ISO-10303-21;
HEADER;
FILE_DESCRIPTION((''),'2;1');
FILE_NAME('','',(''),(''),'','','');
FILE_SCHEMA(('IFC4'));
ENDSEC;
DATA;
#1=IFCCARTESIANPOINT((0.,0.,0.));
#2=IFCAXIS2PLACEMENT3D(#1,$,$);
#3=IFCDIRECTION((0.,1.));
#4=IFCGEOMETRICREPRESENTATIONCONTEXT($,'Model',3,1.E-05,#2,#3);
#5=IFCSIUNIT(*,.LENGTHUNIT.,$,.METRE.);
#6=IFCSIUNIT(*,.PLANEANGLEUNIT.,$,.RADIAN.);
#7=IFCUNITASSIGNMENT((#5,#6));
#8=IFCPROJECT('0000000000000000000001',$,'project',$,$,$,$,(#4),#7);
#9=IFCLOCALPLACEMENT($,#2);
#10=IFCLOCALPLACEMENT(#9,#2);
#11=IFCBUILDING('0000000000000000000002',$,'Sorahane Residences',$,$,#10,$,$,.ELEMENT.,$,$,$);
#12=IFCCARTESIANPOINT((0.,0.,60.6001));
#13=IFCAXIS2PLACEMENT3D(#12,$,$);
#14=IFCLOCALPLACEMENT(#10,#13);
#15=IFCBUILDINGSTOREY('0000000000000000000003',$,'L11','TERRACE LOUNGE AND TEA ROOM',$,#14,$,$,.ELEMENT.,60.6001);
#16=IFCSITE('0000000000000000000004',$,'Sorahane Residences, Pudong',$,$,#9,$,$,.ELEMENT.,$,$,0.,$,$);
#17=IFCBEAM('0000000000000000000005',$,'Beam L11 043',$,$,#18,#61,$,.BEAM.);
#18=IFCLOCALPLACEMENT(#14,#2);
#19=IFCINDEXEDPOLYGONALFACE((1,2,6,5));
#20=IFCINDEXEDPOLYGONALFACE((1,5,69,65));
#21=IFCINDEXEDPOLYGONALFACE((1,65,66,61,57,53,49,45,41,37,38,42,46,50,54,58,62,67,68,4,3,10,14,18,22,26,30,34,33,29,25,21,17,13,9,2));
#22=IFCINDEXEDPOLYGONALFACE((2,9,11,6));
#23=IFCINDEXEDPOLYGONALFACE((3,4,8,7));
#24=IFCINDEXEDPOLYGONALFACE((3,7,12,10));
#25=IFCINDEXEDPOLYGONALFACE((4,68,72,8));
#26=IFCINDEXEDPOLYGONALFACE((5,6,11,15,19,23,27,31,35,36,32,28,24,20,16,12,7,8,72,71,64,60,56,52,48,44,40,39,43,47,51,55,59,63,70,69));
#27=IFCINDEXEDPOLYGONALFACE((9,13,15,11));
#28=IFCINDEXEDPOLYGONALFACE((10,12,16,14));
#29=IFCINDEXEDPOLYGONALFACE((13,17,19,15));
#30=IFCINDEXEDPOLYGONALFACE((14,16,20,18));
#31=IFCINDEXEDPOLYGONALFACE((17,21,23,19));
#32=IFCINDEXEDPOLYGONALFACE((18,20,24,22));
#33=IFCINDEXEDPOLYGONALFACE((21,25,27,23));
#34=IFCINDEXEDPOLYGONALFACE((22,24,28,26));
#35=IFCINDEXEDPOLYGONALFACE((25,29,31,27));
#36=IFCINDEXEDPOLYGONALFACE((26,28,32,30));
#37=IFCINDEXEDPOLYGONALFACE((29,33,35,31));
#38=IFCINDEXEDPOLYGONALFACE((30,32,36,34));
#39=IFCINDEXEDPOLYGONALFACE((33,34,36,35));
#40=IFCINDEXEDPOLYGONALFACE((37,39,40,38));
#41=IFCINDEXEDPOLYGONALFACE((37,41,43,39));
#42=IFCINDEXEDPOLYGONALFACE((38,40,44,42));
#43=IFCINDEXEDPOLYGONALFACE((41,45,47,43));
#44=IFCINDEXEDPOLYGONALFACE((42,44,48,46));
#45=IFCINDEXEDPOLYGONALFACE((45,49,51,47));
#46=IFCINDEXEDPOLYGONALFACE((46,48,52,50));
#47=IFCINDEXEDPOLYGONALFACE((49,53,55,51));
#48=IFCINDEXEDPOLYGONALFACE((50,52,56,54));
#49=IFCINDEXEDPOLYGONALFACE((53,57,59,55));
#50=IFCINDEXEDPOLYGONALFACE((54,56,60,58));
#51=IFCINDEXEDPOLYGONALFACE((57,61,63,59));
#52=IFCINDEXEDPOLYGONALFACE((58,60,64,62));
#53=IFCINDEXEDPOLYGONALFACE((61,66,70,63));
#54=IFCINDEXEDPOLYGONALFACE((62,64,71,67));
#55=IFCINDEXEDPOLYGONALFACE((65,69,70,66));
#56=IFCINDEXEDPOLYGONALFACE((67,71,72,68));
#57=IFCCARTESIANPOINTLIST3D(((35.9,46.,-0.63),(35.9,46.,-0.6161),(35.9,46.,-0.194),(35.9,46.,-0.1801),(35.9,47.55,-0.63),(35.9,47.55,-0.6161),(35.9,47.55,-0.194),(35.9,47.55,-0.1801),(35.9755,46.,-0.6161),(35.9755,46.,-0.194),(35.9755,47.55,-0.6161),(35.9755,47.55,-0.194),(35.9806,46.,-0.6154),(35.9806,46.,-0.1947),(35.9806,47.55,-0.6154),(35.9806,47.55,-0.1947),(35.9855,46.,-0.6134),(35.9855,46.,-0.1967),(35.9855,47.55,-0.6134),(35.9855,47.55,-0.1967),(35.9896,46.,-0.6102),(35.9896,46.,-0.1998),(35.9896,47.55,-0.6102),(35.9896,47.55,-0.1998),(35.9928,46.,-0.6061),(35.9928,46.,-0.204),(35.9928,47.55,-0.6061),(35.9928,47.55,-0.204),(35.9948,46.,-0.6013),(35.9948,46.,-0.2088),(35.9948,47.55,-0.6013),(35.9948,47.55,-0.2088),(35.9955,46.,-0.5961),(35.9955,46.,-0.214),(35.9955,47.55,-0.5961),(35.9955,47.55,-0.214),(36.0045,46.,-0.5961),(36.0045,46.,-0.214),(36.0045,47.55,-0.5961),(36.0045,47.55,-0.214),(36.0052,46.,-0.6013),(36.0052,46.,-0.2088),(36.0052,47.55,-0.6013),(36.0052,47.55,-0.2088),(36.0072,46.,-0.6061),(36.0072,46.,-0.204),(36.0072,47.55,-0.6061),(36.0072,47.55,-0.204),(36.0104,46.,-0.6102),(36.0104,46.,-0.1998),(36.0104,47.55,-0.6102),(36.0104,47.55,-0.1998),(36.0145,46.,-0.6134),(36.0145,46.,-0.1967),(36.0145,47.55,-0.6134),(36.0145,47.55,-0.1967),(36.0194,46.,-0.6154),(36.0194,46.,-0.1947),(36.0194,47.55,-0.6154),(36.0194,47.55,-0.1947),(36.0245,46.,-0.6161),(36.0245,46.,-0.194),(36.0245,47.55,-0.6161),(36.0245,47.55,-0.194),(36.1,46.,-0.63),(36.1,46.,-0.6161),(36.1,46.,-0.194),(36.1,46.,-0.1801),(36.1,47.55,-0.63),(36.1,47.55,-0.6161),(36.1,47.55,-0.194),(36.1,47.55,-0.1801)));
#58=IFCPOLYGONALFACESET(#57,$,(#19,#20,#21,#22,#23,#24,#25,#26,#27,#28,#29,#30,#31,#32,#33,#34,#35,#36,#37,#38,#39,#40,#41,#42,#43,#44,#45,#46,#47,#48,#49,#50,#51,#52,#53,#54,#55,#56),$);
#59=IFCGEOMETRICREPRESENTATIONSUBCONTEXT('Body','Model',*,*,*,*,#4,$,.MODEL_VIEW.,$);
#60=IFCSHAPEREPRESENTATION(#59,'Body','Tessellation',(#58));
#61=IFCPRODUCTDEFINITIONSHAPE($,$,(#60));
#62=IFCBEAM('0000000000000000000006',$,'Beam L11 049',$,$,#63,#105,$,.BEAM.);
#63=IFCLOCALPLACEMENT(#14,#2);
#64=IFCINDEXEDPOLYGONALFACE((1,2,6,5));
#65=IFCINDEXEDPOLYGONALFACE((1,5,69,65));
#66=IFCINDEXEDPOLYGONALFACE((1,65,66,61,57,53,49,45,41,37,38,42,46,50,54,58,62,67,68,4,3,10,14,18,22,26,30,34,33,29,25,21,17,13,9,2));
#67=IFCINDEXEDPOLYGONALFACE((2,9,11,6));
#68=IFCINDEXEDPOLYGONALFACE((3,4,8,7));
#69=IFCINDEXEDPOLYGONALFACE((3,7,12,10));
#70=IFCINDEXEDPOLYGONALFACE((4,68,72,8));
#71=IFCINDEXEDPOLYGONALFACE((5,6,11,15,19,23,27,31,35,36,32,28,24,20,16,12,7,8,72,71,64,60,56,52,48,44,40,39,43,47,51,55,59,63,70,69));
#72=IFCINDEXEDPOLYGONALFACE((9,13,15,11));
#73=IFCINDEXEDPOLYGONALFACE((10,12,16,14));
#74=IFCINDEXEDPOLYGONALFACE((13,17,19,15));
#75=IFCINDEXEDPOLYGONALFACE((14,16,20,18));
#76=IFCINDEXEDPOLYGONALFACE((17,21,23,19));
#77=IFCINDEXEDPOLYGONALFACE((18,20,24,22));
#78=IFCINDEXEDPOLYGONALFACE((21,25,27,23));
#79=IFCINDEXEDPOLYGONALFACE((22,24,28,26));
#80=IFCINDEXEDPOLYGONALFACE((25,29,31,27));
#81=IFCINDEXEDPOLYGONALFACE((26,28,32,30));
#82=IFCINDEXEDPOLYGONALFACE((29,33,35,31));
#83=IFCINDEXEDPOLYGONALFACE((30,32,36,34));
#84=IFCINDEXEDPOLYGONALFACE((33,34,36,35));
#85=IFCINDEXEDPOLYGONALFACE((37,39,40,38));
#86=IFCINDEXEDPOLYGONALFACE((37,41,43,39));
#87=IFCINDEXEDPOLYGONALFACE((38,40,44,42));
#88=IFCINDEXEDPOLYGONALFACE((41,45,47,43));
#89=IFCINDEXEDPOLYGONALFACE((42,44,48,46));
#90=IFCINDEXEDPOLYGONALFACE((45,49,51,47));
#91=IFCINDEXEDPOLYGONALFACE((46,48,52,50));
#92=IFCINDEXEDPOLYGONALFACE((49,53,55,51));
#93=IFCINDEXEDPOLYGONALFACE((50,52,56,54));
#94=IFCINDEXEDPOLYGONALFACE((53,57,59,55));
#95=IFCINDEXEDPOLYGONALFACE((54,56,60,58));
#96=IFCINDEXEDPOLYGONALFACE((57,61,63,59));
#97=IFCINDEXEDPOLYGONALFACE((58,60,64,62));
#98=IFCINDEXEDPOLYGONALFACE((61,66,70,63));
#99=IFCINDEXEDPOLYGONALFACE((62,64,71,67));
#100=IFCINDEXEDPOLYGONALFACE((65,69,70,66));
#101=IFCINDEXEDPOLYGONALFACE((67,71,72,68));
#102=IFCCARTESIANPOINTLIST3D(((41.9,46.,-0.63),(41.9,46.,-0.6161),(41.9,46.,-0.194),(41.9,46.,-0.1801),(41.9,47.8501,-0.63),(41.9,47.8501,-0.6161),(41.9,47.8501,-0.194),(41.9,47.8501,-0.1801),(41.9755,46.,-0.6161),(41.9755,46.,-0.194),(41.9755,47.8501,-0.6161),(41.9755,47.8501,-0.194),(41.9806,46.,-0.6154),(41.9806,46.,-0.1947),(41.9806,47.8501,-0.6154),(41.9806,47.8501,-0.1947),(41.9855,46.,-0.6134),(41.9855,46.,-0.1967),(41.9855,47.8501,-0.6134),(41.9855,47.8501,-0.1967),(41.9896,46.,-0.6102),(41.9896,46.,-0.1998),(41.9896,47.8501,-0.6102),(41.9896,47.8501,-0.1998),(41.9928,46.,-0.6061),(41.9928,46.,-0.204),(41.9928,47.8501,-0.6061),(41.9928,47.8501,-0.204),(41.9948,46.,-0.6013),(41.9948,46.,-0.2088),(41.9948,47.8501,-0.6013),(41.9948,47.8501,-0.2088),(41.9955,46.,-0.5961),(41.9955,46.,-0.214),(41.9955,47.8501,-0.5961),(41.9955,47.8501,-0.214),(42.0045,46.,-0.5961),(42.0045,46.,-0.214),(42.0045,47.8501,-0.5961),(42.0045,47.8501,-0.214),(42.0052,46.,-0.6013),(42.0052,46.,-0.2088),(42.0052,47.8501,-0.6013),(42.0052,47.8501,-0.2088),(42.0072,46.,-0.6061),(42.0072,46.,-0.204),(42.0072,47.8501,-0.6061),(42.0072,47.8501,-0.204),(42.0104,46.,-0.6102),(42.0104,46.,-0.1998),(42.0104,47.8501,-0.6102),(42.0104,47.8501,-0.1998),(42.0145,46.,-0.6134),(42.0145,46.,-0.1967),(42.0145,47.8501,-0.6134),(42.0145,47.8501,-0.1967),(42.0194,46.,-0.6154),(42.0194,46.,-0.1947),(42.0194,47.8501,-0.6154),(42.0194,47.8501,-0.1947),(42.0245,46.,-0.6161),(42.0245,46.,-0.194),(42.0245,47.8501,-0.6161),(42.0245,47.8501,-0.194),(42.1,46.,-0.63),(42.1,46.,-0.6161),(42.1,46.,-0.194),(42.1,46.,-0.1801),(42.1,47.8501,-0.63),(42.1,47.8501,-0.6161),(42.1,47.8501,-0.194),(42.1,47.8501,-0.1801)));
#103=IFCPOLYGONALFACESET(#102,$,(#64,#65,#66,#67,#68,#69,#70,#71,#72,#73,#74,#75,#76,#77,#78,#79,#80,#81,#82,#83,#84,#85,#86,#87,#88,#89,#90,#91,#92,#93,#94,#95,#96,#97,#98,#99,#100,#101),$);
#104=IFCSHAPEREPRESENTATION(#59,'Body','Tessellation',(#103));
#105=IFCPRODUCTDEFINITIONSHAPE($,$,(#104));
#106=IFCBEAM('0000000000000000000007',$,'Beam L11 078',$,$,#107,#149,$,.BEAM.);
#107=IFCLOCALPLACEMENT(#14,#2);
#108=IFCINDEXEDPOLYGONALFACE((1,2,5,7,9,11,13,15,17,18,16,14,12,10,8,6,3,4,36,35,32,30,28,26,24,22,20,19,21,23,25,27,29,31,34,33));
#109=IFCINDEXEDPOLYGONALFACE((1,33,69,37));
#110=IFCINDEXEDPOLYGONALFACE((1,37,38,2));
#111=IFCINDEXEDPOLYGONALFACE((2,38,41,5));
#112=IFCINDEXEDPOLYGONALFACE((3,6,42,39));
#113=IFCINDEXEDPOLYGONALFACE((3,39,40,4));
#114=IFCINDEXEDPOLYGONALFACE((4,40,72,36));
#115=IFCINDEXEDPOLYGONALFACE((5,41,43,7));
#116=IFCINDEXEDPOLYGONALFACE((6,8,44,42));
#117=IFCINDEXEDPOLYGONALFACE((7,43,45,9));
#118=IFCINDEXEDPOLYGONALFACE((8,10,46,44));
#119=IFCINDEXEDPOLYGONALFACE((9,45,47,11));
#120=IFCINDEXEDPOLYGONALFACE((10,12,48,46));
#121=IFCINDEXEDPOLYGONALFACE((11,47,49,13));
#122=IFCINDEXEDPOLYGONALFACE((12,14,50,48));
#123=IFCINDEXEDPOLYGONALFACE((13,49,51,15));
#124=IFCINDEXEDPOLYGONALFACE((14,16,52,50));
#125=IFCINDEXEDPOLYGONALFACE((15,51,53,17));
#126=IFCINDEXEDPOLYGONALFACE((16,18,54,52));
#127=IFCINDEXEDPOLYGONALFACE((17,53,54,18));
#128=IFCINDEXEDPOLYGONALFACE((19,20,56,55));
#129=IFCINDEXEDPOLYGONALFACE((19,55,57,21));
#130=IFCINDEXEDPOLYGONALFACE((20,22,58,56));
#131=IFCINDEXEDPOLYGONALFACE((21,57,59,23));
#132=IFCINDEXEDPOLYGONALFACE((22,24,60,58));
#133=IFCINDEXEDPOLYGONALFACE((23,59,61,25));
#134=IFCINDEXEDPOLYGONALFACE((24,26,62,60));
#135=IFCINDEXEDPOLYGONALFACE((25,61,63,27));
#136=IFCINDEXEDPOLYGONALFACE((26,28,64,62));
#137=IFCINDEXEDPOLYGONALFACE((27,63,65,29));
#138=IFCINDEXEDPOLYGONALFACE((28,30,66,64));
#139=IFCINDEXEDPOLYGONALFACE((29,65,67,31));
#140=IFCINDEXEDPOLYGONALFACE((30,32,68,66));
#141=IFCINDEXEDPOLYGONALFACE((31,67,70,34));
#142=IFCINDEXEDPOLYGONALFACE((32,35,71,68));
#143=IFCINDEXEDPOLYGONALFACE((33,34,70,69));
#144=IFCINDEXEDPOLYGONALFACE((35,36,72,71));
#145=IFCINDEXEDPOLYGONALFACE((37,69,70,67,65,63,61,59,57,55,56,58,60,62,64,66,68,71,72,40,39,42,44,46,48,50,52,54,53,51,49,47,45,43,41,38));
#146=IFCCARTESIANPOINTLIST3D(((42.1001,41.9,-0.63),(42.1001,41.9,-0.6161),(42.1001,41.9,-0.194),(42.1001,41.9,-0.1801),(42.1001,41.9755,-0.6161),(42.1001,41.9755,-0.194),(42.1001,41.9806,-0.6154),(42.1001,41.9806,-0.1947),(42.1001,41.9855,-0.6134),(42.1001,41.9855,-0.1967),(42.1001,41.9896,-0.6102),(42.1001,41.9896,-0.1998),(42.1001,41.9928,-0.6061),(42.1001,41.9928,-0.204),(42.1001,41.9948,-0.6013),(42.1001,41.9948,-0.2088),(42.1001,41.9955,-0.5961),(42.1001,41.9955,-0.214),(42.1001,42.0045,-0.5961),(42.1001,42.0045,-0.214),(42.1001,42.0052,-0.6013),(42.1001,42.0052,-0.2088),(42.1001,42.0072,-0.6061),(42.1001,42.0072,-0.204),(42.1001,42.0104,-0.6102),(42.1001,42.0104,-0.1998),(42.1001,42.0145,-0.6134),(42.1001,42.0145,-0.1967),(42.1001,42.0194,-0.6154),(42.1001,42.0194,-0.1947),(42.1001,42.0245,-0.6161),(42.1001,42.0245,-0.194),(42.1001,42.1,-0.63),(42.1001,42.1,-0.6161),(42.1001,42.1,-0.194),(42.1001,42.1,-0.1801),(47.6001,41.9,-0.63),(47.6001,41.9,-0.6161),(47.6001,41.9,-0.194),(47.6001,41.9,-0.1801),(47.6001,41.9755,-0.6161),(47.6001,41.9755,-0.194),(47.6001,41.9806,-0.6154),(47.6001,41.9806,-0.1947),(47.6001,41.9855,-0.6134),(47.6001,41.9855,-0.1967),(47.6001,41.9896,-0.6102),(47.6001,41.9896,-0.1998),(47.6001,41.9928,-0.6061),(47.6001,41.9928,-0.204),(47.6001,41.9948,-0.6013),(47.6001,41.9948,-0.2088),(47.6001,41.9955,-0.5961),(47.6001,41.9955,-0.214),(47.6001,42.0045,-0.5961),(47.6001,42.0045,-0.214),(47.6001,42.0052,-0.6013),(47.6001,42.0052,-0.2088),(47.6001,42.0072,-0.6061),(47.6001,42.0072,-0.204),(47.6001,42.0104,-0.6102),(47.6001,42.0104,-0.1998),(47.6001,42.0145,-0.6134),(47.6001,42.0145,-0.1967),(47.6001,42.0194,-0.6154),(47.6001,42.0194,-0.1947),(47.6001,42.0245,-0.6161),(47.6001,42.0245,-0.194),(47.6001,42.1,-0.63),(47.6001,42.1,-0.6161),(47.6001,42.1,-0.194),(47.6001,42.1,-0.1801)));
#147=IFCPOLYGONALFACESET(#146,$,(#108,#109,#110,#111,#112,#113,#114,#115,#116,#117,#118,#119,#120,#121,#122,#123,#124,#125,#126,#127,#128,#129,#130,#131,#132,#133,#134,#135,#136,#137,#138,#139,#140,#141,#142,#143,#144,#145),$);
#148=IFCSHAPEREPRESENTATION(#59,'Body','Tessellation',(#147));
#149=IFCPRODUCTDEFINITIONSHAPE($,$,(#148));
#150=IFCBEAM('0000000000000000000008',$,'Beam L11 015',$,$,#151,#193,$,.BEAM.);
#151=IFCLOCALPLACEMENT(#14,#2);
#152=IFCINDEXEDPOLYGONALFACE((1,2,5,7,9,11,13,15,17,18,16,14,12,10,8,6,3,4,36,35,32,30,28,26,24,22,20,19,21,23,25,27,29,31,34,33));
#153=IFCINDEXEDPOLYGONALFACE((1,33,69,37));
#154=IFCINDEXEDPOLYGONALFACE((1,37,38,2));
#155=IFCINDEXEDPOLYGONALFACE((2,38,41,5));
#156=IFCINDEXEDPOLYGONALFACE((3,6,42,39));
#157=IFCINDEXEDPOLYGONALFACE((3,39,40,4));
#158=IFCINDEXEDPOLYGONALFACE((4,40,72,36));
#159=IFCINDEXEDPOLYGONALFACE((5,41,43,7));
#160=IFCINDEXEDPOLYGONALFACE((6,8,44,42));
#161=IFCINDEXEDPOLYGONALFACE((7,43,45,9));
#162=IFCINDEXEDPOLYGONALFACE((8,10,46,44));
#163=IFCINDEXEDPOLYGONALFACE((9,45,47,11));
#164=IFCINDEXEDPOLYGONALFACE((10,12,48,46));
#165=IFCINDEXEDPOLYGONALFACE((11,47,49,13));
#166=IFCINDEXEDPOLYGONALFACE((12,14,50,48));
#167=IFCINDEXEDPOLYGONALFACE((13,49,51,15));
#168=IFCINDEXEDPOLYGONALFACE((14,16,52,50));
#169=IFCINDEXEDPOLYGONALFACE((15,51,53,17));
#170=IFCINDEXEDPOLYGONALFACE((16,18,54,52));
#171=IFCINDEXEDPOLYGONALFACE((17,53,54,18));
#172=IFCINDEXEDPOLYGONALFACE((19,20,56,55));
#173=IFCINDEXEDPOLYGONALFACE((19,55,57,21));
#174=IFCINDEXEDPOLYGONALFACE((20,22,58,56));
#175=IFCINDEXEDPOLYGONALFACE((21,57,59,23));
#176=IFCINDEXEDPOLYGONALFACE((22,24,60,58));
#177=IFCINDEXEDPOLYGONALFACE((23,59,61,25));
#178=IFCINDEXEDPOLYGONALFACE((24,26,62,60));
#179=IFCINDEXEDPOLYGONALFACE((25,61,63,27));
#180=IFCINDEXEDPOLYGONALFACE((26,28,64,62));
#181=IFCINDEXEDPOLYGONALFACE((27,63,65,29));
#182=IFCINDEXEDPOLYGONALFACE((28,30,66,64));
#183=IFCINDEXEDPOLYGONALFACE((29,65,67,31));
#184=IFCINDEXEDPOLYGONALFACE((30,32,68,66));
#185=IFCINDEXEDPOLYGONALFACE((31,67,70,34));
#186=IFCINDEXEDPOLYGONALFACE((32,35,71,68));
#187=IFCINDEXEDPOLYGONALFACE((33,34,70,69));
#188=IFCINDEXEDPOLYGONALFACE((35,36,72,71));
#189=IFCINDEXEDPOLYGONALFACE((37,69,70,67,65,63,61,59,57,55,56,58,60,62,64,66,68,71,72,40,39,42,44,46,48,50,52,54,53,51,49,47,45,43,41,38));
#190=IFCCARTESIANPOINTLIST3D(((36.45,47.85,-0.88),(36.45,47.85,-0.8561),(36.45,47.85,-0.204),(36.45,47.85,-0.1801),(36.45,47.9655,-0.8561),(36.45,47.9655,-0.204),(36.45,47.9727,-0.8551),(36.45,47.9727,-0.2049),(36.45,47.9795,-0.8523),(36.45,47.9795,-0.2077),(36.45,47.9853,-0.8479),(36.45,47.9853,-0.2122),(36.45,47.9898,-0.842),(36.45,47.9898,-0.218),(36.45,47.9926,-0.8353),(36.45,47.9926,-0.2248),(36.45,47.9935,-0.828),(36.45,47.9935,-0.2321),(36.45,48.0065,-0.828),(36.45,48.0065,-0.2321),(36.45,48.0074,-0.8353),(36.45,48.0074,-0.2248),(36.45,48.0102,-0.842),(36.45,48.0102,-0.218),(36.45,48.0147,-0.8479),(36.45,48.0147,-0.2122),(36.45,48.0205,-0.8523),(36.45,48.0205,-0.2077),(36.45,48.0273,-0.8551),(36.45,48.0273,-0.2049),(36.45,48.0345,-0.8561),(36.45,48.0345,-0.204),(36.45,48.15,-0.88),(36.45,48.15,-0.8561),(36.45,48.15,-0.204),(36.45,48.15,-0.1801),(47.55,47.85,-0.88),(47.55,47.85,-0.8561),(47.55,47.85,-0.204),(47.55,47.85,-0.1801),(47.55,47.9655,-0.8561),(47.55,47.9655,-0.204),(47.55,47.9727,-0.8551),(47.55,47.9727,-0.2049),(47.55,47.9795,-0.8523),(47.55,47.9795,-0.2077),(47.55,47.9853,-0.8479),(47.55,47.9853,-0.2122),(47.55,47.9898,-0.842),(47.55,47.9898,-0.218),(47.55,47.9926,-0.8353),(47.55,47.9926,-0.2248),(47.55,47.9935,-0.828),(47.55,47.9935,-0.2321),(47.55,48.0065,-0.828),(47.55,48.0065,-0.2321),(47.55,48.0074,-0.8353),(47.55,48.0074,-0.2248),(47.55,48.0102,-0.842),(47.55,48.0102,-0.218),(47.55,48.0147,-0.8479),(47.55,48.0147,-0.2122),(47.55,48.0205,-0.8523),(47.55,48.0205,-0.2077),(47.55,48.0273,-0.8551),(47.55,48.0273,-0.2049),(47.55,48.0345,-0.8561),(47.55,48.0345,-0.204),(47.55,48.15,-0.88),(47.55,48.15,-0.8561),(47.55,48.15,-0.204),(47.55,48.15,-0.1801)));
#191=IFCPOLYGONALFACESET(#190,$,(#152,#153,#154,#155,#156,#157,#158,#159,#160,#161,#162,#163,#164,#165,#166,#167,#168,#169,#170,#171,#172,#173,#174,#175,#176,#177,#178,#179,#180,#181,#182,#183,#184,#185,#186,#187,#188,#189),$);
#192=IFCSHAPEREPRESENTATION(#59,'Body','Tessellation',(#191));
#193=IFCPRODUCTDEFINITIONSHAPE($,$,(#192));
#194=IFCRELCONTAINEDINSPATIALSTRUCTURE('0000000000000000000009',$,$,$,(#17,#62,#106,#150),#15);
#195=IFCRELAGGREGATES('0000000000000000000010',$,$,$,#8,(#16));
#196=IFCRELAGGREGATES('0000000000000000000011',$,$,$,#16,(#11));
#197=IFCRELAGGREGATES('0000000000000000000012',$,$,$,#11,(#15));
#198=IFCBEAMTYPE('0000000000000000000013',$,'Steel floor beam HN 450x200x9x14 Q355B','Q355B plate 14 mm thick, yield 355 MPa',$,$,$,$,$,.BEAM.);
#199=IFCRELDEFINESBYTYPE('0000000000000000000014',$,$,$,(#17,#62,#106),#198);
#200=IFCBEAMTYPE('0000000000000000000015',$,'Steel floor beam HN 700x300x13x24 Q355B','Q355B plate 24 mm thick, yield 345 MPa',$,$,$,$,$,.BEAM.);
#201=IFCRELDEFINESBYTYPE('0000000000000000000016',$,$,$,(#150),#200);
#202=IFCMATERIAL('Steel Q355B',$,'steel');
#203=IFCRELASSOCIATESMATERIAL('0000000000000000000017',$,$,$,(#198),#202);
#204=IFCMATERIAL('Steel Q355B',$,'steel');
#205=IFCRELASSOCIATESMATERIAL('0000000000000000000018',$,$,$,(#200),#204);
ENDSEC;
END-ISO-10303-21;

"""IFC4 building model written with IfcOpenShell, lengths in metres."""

from ifc_helpers import new_model, si_unit, direction, frame, origin, origin_2d, place, context, subcontext, project, spatial, i_section, extrude, material, material_profile, profile_set, type_object, element, save


model = new_model("IFC4")

# Units and contexts
model_context = context("Model", 3, precision=1e-05, world=origin(), true_north=direction((0.0, 1.0)))
body_context = subcontext(model_context, "Body", "Model", "MODEL_VIEW")
ifc_project = project(units=[si_unit("LENGTHUNIT", "METRE"), si_unit("PLANEANGLEUNIT", "RADIAN")], contexts=[model_context])

# Site, building, storey
site_placement = place(None, origin())
site = spatial("IfcSite", under=ifc_project, at=site_placement, Name="Sorahane Residences, Pudong", CompositionType="ELEMENT", RefElevation=0.0)
building_placement = place(site_placement, origin())
building = spatial("IfcBuilding", under=site, at=building_placement, Name="Sorahane Residences", CompositionType="ELEMENT")
storey_placement = place(building_placement, frame((0.0, 0.0, 60.6001)))
storey = spatial("IfcBuildingStorey", under=building, at=storey_placement, Name="L11", Description="TERRACE LOUNGE AND TEA ROOM", CompositionType="ELEMENT", Elevation=60.6001)

# Beams
ifc_material_1 = material(Name="Steel Q355B", Category="steel")
ifc_material_profile_1 = material_profile(ifc_material_1, i_section(OverallWidth=0.2, OverallDepth=0.45, WebThickness=0.009, FlangeThickness=0.0139, FilletRadius=0.02, at=origin_2d()), Name="HN 450x200x9x14")
ifc_profile_set_1 = profile_set([ifc_material_profile_1], Name="Steel Q355B")
beam_type_1 = type_object("IfcBeamType", Name="Steel floor beam HN 450x200x9x14 Q355B", Description="Q355B plate 14 mm thick, yield 355 MPa", PredefinedType="BEAM", material=ifc_profile_set_1)
beam_1_placement = place(storey_placement, frame((36.0, 46.0, -0.405), z_axis=(0.0, 1.0, 0.0), x_axis=(-1.0, 0.0, 0.0)))
element("IfcBeam", 1, at=beam_1_placement, inside=storey, type_object=beam_type_1, Name="Beam L11 043", PredefinedType="BEAM", context=body_context, shape_type="SweptSolid", body=[
    extrude(i_section(OverallWidth=0.2, OverallDepth=0.45, WebThickness=0.009, FlangeThickness=0.0139, FilletRadius=0.02, at=origin_2d()), origin(), (0.0, 0.0, 1.0), 1.55),
])
beam_2_placement = place(storey_placement, frame((42.0, 46.0, -0.405), z_axis=(0.0, 1.0, 0.0), x_axis=(-1.0, 0.0, 0.0)))
element("IfcBeam", 2, at=beam_2_placement, inside=storey, type_object=beam_type_1, Name="Beam L11 049", PredefinedType="BEAM", context=body_context, shape_type="SweptSolid", body=[
    extrude(i_section(OverallWidth=0.2, OverallDepth=0.45, WebThickness=0.009, FlangeThickness=0.0139, FilletRadius=0.02, at=origin_2d()), origin(), (0.0, 0.0, 1.0), 1.8501),
])
beam_3_placement = place(storey_placement, frame((42.1001, 42.0, -0.405), z_axis=(1.0, 0.0, 0.0), x_axis=(0.0, 1.0, 0.0)))
element("IfcBeam", 3, at=beam_3_placement, inside=storey, type_object=beam_type_1, Name="Beam L11 078", PredefinedType="BEAM", context=body_context, shape_type="SweptSolid", body=[
    extrude(i_section(OverallWidth=0.2, OverallDepth=0.45, WebThickness=0.009, FlangeThickness=0.0139, FilletRadius=0.02, at=origin_2d()), origin(), (0.0, 0.0, 1.0), 5.5),
])
ifc_material_2 = material(Name="Steel Q355B", Category="steel")
ifc_material_profile_2 = material_profile(ifc_material_2, i_section(OverallWidth=0.3, OverallDepth=0.7, WebThickness=0.0129, FlangeThickness=0.0239, FilletRadius=0.0281, at=origin_2d()), Name="HN 700x300x13x24")
ifc_profile_set_2 = profile_set([ifc_material_profile_2], Name="Steel Q355B")
beam_type_2 = type_object("IfcBeamType", Name="Steel floor beam HN 700x300x13x24 Q355B", Description="Q355B plate 24 mm thick, yield 345 MPa", PredefinedType="BEAM", material=ifc_profile_set_2)
beam_4_placement = place(storey_placement, frame((36.45, 48.0, -0.53), z_axis=(1.0, 0.0, 0.0), x_axis=(0.0, 1.0, 0.0)))
element("IfcBeam", 4, at=beam_4_placement, inside=storey, type_object=beam_type_2, Name="Beam L11 015", PredefinedType="BEAM", context=body_context, shape_type="SweptSolid", body=[
    extrude(i_section(OverallWidth=0.3, OverallDepth=0.7, WebThickness=0.0129, FlangeThickness=0.0239, FilletRadius=0.0281, at=origin_2d()), origin(), (0.0, 0.0, 1.0), 11.1001),
])

save(model, "model.ifc")
